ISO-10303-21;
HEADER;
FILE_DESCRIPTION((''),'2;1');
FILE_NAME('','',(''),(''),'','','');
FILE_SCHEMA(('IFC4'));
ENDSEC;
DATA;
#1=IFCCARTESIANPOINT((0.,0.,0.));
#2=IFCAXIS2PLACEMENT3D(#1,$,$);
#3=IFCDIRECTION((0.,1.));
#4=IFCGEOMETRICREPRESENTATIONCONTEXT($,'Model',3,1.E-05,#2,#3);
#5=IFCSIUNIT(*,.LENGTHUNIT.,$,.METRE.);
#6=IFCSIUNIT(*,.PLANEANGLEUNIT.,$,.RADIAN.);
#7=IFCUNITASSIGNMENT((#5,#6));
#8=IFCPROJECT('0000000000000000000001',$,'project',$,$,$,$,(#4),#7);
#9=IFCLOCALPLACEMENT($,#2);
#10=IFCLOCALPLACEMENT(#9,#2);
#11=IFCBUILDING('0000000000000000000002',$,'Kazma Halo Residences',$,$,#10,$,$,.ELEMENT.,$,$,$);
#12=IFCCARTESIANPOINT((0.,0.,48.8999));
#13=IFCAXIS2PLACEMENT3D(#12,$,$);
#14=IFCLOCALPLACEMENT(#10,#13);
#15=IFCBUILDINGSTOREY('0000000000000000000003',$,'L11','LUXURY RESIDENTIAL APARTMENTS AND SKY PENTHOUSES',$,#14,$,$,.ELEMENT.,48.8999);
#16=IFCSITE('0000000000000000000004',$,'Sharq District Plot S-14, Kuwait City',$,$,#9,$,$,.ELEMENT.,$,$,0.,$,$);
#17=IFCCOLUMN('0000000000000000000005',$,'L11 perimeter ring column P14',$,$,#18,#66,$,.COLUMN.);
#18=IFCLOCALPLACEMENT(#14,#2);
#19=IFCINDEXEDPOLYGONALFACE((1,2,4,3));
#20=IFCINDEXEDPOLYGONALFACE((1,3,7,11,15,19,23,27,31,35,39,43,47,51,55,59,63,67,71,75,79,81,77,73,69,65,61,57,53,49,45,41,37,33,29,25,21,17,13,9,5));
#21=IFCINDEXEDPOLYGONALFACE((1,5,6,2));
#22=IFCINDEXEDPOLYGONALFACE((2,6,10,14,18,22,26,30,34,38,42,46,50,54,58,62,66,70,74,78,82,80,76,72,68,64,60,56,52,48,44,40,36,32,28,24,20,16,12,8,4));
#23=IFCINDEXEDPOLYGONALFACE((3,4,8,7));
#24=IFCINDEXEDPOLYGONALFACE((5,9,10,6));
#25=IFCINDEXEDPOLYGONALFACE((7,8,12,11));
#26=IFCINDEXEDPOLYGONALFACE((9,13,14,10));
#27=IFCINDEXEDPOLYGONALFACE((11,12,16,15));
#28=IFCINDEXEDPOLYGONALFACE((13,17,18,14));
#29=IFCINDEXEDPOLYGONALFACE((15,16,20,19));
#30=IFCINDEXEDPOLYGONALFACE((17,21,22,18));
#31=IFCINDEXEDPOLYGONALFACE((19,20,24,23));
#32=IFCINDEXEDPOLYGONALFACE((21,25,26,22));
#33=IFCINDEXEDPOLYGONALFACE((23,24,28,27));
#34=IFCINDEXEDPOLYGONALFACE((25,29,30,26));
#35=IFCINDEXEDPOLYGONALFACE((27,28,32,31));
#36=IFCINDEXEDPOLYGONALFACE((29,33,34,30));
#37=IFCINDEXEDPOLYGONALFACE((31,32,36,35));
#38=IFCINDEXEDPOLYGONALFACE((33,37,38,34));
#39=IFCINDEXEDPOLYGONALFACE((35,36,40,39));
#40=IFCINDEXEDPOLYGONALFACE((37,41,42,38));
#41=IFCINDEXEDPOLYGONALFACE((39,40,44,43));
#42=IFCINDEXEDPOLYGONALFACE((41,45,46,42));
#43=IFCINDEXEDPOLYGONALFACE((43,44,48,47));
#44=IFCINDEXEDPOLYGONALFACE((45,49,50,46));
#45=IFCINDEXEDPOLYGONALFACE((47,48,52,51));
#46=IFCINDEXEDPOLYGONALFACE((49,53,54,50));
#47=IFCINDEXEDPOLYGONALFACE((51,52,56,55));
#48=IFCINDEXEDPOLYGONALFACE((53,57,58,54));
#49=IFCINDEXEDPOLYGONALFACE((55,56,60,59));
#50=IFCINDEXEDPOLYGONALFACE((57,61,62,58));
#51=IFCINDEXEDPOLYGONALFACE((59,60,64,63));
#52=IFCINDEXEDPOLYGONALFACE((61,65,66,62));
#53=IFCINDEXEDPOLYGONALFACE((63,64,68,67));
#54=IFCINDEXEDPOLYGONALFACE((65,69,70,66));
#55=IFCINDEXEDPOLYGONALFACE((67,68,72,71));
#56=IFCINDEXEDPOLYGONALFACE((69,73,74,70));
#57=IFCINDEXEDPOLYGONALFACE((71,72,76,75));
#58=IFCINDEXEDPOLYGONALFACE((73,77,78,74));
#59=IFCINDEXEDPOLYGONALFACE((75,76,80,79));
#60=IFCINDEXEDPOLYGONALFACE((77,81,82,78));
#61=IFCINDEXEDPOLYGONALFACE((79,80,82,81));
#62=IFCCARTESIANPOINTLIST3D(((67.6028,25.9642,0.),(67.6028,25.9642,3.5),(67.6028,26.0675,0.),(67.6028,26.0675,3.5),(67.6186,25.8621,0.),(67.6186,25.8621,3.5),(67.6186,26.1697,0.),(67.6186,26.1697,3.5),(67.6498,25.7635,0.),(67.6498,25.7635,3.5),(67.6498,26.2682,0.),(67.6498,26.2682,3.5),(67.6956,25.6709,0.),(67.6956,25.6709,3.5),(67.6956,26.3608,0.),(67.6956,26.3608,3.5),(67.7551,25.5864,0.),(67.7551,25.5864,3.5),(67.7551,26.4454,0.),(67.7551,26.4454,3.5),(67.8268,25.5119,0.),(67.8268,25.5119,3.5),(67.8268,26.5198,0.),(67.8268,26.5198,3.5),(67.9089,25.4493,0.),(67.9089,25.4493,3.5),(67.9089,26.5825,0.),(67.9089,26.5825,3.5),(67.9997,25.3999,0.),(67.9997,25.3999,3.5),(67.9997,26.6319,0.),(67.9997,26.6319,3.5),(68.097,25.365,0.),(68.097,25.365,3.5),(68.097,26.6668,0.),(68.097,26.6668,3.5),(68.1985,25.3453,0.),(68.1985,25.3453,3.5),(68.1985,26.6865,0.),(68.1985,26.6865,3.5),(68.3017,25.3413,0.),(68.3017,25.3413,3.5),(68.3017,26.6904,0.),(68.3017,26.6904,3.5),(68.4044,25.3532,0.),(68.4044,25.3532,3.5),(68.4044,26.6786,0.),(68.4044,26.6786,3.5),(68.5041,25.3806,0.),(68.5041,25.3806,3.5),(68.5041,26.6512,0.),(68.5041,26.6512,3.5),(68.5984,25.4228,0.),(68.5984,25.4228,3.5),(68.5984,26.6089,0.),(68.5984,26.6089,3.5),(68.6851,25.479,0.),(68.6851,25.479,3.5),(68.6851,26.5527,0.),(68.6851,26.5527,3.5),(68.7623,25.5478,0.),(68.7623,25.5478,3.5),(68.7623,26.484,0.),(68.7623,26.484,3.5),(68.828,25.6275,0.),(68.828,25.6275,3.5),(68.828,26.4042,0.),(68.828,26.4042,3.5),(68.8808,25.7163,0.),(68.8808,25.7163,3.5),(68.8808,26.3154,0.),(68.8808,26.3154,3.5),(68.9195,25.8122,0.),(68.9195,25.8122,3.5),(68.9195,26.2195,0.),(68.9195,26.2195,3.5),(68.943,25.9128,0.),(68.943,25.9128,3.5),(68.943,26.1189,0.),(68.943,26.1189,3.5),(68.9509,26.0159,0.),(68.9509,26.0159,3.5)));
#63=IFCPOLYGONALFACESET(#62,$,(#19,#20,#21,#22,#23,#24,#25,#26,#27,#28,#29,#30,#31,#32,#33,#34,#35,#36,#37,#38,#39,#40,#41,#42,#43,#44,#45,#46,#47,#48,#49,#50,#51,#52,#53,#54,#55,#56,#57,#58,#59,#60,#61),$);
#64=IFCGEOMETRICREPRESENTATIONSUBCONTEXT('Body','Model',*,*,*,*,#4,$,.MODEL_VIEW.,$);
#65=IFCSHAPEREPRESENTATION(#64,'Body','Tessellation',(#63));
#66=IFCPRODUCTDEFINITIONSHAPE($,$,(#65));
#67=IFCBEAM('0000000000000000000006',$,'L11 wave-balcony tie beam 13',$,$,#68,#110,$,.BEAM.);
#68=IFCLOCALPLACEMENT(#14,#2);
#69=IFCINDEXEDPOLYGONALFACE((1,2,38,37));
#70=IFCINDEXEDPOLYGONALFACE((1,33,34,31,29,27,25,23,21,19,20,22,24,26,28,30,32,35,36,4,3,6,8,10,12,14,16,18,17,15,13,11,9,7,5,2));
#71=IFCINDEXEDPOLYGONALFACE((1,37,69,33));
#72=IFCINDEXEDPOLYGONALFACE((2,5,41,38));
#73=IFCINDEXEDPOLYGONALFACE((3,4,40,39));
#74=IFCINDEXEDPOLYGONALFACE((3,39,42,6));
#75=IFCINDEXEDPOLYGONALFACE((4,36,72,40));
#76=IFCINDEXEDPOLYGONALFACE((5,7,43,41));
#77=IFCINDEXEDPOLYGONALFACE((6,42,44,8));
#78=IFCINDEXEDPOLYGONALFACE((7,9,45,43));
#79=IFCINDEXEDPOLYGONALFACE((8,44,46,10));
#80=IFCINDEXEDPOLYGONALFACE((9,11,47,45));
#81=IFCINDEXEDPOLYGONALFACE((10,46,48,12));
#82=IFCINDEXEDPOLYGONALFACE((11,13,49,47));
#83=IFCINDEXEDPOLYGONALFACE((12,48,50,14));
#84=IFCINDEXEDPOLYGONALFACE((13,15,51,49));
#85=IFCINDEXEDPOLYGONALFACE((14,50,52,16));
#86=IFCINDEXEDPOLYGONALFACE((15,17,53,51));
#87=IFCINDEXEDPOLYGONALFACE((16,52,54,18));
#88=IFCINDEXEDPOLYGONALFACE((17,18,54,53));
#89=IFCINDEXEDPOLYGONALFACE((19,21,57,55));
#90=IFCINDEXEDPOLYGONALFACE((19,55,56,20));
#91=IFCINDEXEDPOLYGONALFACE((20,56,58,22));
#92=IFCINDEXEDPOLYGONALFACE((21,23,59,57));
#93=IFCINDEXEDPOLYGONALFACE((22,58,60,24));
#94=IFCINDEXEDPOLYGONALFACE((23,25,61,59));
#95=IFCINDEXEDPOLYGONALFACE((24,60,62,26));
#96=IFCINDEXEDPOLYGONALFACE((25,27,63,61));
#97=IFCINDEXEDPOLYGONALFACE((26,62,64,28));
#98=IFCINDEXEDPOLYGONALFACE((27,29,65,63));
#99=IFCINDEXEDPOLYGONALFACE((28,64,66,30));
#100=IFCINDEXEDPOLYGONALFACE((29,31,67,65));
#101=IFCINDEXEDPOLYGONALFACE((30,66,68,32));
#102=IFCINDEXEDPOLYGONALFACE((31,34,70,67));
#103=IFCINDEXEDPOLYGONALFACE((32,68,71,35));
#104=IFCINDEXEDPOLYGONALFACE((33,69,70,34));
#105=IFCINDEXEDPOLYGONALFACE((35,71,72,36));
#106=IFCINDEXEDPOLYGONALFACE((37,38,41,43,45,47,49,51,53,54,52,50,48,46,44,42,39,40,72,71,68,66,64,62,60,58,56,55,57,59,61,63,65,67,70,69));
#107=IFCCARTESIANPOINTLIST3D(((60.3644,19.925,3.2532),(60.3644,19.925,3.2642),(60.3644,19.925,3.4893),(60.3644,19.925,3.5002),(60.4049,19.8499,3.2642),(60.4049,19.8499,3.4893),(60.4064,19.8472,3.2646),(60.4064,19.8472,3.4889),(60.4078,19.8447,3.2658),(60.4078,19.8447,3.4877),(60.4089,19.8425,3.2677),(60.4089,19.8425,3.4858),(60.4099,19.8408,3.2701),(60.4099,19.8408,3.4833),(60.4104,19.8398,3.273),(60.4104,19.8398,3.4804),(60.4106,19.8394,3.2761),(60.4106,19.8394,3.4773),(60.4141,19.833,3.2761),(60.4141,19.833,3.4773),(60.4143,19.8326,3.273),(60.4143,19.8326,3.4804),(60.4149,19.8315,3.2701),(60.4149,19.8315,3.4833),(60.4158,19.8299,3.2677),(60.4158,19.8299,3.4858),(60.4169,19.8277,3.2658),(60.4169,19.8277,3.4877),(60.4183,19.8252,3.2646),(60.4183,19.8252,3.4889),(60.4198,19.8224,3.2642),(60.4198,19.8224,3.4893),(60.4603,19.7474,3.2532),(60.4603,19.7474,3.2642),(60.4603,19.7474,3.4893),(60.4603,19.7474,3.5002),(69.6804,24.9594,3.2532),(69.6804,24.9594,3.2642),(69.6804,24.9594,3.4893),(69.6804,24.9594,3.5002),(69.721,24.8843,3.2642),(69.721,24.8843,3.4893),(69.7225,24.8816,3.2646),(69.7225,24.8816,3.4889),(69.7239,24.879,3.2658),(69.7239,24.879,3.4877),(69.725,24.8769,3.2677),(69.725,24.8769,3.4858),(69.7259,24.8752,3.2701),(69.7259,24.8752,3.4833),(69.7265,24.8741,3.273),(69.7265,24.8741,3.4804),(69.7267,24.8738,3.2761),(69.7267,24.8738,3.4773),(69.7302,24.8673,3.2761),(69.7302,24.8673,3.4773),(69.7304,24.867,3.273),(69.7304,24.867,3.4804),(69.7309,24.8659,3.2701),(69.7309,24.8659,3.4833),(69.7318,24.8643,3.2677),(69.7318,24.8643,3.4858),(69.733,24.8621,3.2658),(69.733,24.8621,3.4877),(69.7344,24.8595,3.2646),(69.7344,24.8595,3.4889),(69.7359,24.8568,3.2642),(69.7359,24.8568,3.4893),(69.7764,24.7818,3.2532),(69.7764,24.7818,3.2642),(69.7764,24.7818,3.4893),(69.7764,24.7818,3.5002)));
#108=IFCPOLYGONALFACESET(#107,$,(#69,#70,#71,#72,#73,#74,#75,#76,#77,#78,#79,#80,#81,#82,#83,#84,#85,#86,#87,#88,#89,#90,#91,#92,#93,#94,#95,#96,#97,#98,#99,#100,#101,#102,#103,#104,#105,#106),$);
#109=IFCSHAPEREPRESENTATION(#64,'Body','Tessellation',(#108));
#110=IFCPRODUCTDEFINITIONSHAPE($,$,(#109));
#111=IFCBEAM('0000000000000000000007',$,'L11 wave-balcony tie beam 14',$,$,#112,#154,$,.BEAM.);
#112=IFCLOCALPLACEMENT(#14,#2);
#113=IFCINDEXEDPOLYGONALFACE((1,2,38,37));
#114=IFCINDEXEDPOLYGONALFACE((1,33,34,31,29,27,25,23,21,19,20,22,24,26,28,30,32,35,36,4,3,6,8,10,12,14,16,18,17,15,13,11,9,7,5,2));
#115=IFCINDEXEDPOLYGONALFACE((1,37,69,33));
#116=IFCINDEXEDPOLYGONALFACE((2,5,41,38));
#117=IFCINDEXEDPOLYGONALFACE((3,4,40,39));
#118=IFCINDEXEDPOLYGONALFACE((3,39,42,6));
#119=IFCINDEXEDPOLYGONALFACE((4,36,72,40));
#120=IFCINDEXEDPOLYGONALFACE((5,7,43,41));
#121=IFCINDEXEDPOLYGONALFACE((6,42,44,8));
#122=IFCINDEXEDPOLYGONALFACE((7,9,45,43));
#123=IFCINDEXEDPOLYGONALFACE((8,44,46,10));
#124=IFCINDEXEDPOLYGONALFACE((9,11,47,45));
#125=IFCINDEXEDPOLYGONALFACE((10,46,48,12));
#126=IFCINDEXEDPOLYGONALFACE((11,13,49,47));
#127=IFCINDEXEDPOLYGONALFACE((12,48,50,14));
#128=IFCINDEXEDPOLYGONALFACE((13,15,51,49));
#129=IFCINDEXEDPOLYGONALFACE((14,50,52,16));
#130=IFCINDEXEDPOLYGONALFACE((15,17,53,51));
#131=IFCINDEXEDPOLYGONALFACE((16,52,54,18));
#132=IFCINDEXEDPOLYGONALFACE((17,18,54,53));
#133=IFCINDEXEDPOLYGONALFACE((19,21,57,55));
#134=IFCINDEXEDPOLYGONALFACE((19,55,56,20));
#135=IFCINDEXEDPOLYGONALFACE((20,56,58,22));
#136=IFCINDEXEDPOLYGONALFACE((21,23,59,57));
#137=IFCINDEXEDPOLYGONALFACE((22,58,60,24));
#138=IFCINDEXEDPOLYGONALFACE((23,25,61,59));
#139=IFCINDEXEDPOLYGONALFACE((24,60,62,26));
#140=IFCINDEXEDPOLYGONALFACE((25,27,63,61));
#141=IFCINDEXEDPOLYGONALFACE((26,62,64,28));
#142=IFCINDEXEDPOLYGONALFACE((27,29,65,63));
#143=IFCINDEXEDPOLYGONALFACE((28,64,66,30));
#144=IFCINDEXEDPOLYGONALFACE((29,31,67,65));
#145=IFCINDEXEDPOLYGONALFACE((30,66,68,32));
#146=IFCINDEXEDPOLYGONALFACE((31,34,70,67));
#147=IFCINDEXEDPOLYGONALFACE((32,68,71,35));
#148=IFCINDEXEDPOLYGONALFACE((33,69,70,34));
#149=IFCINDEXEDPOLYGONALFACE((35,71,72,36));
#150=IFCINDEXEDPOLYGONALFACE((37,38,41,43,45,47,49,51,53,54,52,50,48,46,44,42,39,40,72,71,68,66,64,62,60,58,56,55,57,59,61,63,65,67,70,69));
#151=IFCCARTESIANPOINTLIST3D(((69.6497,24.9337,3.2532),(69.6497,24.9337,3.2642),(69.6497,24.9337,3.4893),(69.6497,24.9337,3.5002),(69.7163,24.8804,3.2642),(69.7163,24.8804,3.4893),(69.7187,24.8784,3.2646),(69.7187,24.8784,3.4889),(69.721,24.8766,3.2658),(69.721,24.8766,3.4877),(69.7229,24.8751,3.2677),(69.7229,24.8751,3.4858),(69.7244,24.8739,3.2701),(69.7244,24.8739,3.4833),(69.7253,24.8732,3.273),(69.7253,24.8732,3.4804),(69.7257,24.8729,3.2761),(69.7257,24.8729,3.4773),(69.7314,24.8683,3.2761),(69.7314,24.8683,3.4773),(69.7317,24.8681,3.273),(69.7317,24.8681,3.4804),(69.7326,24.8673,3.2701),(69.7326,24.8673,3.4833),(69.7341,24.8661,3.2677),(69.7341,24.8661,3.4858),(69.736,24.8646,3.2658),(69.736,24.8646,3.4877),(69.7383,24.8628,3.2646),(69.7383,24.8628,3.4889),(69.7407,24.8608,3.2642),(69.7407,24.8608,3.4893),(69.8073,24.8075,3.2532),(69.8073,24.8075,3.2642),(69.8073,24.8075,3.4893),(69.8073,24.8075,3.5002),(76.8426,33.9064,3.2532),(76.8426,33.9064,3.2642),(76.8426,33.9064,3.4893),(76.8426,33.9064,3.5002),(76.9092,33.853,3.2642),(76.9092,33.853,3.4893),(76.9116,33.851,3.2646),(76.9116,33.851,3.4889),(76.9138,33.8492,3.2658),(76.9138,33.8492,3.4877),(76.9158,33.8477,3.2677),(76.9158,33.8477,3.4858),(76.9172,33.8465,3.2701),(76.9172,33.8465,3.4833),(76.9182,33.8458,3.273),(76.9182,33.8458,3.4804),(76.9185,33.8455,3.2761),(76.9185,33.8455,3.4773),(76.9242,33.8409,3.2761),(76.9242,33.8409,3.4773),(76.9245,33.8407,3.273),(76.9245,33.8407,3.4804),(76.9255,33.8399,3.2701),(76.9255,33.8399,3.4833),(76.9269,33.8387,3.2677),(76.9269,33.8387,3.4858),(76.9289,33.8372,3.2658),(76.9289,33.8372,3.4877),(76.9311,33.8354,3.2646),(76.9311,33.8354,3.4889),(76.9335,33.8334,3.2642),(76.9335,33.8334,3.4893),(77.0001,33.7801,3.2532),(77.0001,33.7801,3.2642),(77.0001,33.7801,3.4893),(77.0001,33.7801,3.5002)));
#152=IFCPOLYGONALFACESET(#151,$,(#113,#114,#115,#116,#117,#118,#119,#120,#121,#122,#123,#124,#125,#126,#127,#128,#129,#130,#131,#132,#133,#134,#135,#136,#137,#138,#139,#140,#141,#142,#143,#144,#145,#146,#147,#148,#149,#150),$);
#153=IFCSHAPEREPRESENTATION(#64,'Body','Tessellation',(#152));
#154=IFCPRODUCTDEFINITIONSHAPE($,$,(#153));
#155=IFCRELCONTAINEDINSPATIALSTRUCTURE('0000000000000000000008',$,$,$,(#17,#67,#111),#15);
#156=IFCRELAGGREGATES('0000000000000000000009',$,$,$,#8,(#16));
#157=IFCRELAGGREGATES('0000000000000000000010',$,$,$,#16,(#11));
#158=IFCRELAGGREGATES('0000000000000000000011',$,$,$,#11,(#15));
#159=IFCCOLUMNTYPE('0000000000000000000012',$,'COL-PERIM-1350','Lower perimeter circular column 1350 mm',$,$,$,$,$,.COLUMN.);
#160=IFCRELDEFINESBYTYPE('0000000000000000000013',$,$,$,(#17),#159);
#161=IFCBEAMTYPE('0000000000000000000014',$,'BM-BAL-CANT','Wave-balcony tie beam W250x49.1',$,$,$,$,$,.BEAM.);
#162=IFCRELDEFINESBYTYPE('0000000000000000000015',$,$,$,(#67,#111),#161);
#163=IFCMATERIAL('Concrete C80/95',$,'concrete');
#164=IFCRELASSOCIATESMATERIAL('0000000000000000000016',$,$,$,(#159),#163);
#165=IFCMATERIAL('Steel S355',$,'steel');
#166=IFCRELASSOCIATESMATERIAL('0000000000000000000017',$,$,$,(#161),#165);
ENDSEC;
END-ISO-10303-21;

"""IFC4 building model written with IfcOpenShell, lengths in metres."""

from ifc_helpers import new_model, si_unit, direction, frame, origin, origin_2d, place, context, subcontext, project, spatial, circle, i_section, extrude, material, material_profile, profile_set, type_object, element, save


model = new_model("IFC4")

# Units and contexts
model_context = context("Model", 3, precision=1e-05, world=origin(), true_north=direction((0.0, 1.0)))
body_context = subcontext(model_context, "Body", "Model", "MODEL_VIEW")
ifc_project = project(units=[si_unit("LENGTHUNIT", "METRE"), si_unit("PLANEANGLEUNIT", "RADIAN")], contexts=[model_context])

# Site, building, storey
site_placement = place(None, origin())
site = spatial("IfcSite", under=ifc_project, at=site_placement, Name="Sharq District Plot S-14, Kuwait City", CompositionType="ELEMENT", RefElevation=0.0)
building_placement = place(site_placement, origin())
building = spatial("IfcBuilding", under=site, at=building_placement, Name="Kazma Halo Residences", CompositionType="ELEMENT")
storey_placement = place(building_placement, frame((0.0, 0.0, 48.8999)))
storey = spatial("IfcBuildingStorey", under=building, at=storey_placement, Name="L11", Description="LUXURY RESIDENTIAL APARTMENTS AND SKY PENTHOUSES", CompositionType="ELEMENT", Elevation=48.8999)

# Column
ifc_material_1 = material(Name="Concrete C80/95", Category="concrete")
ifc_material_profile_1 = material_profile(ifc_material_1, circle(Radius=0.675, at=origin_2d()), Name="CIRC1350")
ifc_profile_set_1 = profile_set([ifc_material_profile_1], Name="Concrete C80/95")
column_type = type_object("IfcColumnType", Name="COL-PERIM-1350", Description="Lower perimeter circular column 1350 mm", PredefinedType="COLUMN", material=ifc_profile_set_1)
column_placement = place(storey_placement, frame((68.2759, 26.0159, 0.0), z_axis=(0.0, 0.0, 1.0), x_axis=(1.0, 0.0, 0.0)))
element("IfcColumn", 1, at=column_placement, inside=storey, type_object=column_type, Name="L11 perimeter ring column P14", PredefinedType="COLUMN", context=body_context, shape_type="SweptSolid", body=[
    extrude(circle(Radius=0.675, at=origin_2d()), origin(), (0.0, 0.0, 1.0), 3.5),
])

# Beams
ifc_material_2 = material(Name="Steel S355", Category="steel")
ifc_material_profile_2 = material_profile(ifc_material_2, i_section(OverallWidth=0.2019, OverallDepth=0.2471, WebThickness=0.0073, FlangeThickness=0.011, FilletRadius=0.012, at=origin_2d()), Name="W250x49.1")
ifc_profile_set_2 = profile_set([ifc_material_profile_2], Name="Steel S355")
beam_type_1 = type_object("IfcBeamType", Name="BM-BAL-CANT", Description="Wave-balcony tie beam W250x49.1", PredefinedType="BEAM", material=ifc_profile_set_2)
beam_1_placement = place(storey_placement, frame((60.4124, 19.8362, 3.3767), z_axis=(0.879759, 0.475419, 0.0), x_axis=(-0.475419, 0.879759, 0.0)))
element("IfcBeam", 2, at=beam_1_placement, inside=storey, type_object=beam_type_1, Name="L11 wave-balcony tie beam 13", PredefinedType="BEAM", context=body_context, shape_type="SweptSolid", body=[
    extrude(i_section(OverallWidth=0.2019, OverallDepth=0.2471, WebThickness=0.0073, FlangeThickness=0.011, FilletRadius=0.012, at=origin_2d()), origin(), (0.0, 0.0, 1.0), 10.5894),
])
beam_2_placement = place(storey_placement, frame((69.7285, 24.8706, 3.3767), z_axis=(0.625477, 0.780243, 0.0), x_axis=(-0.780243, 0.625477, 0.0)))
element("IfcBeam", 3, at=beam_2_placement, inside=storey, type_object=beam_type_1, Name="L11 wave-balcony tie beam 14", PredefinedType="BEAM", context=body_context, shape_type="SweptSolid", body=[
    extrude(i_section(OverallWidth=0.2019, OverallDepth=0.2471, WebThickness=0.0073, FlangeThickness=0.011, FilletRadius=0.012, at=origin_2d()), origin(), (0.0, 0.0, 1.0), 11.4998),
])

save(model, "model.ifc")
